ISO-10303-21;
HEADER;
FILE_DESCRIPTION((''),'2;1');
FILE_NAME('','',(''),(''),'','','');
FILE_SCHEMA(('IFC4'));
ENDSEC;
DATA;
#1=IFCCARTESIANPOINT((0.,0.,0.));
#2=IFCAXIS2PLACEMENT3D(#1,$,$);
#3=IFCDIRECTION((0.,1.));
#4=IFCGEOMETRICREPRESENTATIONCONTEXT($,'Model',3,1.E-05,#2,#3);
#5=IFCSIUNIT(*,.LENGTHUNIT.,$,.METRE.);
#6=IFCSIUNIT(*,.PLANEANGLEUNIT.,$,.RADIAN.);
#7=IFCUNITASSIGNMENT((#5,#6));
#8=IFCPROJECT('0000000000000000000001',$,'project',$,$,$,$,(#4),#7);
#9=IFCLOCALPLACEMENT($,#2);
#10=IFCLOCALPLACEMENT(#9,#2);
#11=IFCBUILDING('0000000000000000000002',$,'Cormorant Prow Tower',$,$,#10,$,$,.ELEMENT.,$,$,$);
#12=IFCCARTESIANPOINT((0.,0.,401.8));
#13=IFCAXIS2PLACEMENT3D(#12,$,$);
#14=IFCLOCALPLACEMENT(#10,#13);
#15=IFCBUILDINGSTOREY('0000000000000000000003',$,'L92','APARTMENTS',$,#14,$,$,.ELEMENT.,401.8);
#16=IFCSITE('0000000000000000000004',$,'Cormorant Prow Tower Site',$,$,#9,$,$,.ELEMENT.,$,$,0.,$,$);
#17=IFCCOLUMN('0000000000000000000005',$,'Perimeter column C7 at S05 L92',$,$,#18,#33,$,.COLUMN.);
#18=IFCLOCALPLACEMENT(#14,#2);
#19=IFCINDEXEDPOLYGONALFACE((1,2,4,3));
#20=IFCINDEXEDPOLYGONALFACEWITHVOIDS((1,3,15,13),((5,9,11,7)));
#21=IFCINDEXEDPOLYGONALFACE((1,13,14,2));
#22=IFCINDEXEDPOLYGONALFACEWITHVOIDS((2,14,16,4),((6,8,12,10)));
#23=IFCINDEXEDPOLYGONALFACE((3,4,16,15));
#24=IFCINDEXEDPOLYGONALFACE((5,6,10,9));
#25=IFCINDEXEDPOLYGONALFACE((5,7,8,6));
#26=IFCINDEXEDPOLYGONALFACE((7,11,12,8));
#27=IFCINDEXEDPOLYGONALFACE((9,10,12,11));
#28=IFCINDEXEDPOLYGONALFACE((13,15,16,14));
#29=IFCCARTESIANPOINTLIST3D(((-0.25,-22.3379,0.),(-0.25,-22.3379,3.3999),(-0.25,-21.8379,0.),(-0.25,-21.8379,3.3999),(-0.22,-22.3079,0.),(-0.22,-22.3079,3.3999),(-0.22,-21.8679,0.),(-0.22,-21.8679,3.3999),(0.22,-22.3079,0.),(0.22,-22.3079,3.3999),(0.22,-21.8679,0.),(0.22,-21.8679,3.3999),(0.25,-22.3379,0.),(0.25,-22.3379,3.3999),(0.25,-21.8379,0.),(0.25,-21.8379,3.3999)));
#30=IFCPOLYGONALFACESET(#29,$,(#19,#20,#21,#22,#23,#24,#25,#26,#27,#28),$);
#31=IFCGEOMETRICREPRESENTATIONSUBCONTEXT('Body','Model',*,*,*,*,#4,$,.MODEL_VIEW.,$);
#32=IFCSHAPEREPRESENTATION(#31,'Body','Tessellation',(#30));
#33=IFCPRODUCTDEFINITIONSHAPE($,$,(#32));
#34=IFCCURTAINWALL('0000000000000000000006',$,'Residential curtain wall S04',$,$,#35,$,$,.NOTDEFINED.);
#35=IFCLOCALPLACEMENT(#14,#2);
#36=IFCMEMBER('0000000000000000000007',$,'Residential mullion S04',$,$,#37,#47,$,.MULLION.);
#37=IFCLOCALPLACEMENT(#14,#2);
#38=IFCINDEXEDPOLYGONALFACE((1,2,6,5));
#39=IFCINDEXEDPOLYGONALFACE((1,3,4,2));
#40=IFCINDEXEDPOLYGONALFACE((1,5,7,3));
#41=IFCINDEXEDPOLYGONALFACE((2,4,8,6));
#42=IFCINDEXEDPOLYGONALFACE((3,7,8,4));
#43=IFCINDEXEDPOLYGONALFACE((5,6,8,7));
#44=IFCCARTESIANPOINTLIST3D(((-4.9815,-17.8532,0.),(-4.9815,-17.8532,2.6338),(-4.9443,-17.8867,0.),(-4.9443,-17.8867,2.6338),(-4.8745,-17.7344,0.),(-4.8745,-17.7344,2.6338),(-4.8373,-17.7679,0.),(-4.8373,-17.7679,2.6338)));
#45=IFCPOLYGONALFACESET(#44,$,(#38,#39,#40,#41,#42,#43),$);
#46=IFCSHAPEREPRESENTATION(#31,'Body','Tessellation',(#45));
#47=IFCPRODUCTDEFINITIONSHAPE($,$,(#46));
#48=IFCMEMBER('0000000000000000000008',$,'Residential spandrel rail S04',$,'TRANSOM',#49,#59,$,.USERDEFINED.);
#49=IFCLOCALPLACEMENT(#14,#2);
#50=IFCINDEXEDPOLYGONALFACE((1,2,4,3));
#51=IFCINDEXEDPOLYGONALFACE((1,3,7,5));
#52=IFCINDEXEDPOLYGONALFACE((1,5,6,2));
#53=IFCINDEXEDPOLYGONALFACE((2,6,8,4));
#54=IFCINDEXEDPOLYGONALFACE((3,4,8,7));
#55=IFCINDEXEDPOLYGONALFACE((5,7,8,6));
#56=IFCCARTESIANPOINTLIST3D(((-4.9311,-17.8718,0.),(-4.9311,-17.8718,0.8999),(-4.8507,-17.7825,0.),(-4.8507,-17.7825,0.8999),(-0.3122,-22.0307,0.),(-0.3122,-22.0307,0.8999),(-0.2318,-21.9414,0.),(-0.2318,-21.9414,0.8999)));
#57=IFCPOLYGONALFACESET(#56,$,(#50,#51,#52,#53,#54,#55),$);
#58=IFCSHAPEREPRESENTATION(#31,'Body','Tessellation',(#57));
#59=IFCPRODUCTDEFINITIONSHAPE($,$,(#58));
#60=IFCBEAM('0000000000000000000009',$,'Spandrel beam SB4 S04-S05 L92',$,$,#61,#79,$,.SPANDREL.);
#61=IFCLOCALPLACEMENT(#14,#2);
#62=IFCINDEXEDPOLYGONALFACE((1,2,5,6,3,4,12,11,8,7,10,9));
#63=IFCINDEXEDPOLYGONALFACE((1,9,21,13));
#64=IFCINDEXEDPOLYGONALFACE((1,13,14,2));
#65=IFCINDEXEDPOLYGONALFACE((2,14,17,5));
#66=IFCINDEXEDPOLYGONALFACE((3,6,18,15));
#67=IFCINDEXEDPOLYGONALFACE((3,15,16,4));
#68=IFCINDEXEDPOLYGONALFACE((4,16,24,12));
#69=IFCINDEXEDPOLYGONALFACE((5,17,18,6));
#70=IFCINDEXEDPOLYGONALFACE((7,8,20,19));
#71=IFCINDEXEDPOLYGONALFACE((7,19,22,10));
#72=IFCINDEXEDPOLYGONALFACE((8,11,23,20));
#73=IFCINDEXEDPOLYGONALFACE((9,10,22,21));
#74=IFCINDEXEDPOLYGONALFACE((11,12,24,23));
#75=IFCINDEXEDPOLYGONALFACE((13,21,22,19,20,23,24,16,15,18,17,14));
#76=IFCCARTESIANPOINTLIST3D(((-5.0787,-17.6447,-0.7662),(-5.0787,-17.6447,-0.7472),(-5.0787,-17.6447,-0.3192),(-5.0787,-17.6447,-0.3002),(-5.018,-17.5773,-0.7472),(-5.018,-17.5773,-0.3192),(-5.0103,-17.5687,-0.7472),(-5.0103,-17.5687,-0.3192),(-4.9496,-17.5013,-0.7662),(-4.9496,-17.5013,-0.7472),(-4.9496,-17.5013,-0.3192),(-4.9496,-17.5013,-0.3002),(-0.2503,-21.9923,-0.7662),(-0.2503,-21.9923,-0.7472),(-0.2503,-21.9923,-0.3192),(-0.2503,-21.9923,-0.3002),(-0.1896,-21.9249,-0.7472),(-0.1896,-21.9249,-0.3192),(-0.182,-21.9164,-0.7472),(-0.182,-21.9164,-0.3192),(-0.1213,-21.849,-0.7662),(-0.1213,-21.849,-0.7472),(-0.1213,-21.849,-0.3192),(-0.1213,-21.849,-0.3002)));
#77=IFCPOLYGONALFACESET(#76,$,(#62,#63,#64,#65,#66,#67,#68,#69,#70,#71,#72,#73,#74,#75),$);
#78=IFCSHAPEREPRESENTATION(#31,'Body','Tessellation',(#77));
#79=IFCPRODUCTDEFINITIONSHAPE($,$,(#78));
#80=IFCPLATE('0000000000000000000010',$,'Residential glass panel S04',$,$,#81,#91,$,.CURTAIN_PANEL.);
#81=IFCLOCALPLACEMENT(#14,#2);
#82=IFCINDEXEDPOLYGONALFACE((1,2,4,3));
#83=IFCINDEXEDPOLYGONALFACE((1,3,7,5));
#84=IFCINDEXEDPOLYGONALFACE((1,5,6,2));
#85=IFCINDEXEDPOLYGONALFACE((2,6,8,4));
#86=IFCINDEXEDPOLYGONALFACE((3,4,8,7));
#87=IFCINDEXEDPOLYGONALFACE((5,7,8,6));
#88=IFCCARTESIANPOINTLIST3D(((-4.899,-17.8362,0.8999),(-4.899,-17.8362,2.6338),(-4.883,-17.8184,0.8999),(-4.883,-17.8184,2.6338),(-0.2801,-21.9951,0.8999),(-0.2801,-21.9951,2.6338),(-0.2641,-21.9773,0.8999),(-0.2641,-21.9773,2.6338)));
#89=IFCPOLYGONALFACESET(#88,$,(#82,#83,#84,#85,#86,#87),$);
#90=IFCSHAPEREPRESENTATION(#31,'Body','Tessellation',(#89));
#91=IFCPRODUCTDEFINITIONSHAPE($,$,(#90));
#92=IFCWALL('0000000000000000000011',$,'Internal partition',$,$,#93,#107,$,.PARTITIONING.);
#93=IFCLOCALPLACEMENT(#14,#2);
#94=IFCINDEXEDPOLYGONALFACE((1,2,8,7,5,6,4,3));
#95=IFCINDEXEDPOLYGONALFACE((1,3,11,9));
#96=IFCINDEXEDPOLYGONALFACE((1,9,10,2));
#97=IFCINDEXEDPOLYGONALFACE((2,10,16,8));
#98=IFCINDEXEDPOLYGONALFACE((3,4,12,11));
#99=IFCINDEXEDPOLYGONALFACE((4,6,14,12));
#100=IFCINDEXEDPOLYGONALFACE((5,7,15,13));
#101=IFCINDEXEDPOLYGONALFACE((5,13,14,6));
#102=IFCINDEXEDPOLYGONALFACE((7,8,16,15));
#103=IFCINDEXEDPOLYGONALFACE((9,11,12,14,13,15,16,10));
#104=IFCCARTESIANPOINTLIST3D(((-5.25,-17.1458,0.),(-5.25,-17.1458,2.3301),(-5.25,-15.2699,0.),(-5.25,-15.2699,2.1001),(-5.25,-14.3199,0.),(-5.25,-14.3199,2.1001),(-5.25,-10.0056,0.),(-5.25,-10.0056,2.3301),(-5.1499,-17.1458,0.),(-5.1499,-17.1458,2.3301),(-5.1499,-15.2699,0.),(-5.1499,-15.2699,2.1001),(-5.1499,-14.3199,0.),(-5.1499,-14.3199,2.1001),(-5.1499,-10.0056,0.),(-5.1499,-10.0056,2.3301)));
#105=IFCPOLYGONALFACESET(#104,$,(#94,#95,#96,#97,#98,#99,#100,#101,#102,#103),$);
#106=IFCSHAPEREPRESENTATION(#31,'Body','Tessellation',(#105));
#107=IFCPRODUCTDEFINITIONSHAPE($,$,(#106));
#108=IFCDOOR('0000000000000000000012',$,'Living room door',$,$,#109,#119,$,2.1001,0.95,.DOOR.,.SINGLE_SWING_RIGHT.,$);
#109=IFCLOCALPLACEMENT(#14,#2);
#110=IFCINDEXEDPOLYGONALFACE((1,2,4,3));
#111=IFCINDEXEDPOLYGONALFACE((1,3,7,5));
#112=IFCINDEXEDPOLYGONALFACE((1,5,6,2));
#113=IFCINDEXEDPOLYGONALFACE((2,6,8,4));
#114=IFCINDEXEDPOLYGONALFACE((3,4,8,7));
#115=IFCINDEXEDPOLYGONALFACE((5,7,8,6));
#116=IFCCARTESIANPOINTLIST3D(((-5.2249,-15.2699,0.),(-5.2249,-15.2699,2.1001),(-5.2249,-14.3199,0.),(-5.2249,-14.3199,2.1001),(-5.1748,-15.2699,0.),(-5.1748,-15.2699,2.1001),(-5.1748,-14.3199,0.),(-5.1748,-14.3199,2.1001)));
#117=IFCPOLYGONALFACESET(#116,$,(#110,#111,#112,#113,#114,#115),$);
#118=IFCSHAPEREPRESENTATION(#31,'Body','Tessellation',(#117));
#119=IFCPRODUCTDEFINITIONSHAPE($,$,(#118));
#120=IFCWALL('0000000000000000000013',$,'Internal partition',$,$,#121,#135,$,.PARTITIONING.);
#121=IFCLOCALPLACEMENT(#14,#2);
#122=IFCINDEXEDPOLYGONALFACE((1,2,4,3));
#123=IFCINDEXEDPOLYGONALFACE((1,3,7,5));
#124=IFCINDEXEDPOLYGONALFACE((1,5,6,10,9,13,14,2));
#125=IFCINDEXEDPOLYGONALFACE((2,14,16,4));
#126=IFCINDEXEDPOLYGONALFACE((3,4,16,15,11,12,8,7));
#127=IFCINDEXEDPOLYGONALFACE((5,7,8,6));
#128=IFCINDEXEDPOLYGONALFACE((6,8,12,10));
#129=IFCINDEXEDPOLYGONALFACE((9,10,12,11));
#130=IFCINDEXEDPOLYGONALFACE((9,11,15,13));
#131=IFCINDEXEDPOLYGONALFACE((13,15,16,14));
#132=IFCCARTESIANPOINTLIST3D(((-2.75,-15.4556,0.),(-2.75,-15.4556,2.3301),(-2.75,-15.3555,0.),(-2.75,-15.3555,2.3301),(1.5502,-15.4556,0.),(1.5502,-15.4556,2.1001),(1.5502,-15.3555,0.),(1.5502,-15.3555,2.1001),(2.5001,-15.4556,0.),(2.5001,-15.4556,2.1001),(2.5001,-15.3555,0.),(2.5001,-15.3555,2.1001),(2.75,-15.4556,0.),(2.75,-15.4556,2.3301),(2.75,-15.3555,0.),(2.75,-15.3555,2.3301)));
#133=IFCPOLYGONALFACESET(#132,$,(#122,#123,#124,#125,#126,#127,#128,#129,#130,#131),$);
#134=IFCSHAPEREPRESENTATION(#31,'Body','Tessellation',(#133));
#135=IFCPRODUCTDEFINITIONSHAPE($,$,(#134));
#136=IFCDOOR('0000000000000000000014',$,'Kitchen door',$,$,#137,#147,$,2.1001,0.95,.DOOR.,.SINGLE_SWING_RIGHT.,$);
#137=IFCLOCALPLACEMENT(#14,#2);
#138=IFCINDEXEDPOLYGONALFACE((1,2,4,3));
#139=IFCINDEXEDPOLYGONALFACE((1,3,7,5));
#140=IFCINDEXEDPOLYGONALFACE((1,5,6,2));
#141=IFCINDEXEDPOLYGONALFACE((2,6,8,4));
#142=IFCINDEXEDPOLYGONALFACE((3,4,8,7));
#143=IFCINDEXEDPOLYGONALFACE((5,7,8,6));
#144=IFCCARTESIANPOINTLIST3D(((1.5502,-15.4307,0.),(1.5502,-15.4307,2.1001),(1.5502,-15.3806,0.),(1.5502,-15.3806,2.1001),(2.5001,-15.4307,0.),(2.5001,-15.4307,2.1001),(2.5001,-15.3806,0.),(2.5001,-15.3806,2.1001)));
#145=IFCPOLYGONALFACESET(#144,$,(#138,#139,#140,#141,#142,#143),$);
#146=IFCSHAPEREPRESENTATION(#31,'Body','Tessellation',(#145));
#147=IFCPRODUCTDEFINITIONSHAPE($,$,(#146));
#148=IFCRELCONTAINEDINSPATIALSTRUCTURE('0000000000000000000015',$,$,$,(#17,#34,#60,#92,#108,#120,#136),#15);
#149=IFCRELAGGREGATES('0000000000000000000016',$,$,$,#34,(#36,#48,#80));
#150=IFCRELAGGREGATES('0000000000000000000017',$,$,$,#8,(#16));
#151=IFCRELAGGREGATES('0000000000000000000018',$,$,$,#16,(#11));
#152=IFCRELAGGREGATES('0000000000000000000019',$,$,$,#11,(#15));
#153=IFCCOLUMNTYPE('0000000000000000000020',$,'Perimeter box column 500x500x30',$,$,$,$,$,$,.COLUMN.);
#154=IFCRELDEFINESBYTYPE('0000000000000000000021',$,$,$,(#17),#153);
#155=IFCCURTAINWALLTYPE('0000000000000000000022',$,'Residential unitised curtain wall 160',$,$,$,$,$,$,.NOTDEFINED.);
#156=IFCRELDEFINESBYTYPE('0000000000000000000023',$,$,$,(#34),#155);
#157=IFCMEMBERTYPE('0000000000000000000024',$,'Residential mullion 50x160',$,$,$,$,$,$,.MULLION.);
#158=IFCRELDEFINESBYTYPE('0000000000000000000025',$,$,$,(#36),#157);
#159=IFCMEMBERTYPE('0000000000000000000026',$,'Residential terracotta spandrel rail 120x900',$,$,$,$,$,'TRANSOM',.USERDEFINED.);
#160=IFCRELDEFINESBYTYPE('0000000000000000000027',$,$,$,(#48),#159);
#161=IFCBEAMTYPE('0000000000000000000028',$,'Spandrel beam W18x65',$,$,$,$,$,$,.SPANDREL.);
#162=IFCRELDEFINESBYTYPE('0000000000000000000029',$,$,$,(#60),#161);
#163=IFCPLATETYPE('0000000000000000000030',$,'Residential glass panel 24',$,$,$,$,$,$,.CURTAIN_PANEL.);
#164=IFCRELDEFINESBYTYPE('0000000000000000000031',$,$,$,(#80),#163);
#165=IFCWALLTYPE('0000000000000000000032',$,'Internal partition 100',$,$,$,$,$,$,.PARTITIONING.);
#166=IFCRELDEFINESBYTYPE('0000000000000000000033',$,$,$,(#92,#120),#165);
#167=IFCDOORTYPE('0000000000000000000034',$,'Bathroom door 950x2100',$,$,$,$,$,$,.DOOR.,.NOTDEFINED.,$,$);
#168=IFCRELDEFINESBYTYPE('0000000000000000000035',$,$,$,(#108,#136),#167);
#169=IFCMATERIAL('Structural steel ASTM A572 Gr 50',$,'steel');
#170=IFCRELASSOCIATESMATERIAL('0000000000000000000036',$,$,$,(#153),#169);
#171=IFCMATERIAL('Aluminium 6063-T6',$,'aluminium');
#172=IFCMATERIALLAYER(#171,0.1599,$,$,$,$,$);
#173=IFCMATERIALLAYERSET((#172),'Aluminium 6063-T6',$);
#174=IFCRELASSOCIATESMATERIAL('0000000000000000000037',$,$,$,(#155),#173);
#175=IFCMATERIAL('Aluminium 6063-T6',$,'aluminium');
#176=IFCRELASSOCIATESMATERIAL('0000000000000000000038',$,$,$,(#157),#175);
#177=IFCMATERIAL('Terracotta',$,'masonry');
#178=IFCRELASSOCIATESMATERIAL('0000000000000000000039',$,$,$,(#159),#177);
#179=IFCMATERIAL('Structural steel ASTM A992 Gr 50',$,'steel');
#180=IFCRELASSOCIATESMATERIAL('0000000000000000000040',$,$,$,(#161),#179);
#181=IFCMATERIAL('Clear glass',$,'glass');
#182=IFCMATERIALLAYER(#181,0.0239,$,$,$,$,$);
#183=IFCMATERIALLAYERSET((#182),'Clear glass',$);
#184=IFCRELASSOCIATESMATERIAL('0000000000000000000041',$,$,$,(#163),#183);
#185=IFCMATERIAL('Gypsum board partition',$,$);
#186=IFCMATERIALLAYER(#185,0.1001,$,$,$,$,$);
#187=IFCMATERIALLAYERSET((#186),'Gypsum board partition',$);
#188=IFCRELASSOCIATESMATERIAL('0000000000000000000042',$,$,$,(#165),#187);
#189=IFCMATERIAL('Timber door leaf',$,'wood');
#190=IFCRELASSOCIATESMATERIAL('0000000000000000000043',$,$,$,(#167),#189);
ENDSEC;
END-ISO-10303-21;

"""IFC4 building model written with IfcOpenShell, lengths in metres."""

from ifc_helpers import new_model, si_unit, direction, frame, frame_2d, origin, origin_2d, place, context, subcontext, project, spatial, rectangle, hollow_rectangle, i_section, extrude, material, layer, layer_set, material_profile, profile_set, type_object, element, fill, aggregate, save


model = new_model("IFC4")

# Units and contexts
model_context = context("Model", 3, precision=1e-05, world=origin(), true_north=direction((0.0, 1.0)))
body_context = subcontext(model_context, "Body", "Model", "MODEL_VIEW")
ifc_project = project(units=[si_unit("LENGTHUNIT", "METRE"), si_unit("PLANEANGLEUNIT", "RADIAN")], contexts=[model_context])

# Site, building, storey
site_placement = place(None, origin())
site = spatial("IfcSite", under=ifc_project, at=site_placement, Name="Cormorant Prow Tower Site", CompositionType="ELEMENT", RefElevation=0.0)
building_placement = place(site_placement, origin())
building = spatial("IfcBuilding", under=site, at=building_placement, Name="Cormorant Prow Tower", CompositionType="ELEMENT")
storey_placement = place(building_placement, frame((0.0, 0.0, 401.8)))
storey = spatial("IfcBuildingStorey", under=building, at=storey_placement, Name="L92", Description="APARTMENTS", CompositionType="ELEMENT", Elevation=401.8)

# Column
ifc_material_1 = material(Name="Structural steel ASTM A572 Gr 50", Category="steel")
ifc_material_profile_1 = material_profile(ifc_material_1, hollow_rectangle(XDim=0.5, YDim=0.5, WallThickness=0.03, at=origin_2d()), Name="Box 500x500x30")
ifc_profile_set_1 = profile_set([ifc_material_profile_1], Name="Structural steel ASTM A572 Gr 50")
column_type = type_object("IfcColumnType", Name="Perimeter box column 500x500x30", PredefinedType="COLUMN", material=ifc_profile_set_1)
column_placement = place(storey_placement, frame((0.0, -22.0879, 0.0), z_axis=(0.0, 0.0, 1.0), x_axis=(1.0, 0.0, 0.0)))
element("IfcColumn", 1, at=column_placement, inside=storey, type_object=column_type, Name="Perimeter column C7 at S05 L92", PredefinedType="COLUMN", context=body_context, shape_type="SweptSolid", body=[
    extrude(hollow_rectangle(XDim=0.5, YDim=0.5, WallThickness=0.03, at=origin_2d()), origin(), (0.0, 0.0, 1.0), 3.3999),
])

# Curtain wall, members
ifc_material_2 = material(Name="Aluminium 6063-T6", Category="aluminium")
ifc_layer_1 = layer(ifc_material_2, 0.1599)
ifc_layer_set_1 = layer_set([ifc_layer_1], Name="Aluminium 6063-T6")
curtain_wall_type = type_object("IfcCurtainWallType", Name="Residential unitised curtain wall 160", PredefinedType="NOTDEFINED", material=ifc_layer_set_1)
curtain_wall_placement = place(storey_placement, origin())
curtain_wall = element("IfcCurtainWall", 2, at=curtain_wall_placement, inside=storey, type_object=curtain_wall_type, Name="Residential curtain wall S04", PredefinedType="NOTDEFINED")
ifc_material_3 = material(Name="Aluminium 6063-T6", Category="aluminium")
ifc_material_profile_2 = material_profile(ifc_material_3, rectangle(XDim=0.1599, YDim=0.05, at=origin_2d()), Name="Residential mullion 50x160")
ifc_profile_set_2 = profile_set([ifc_material_profile_2], Name="Aluminium 6063-T6")
member_type_1 = type_object("IfcMemberType", Name="Residential mullion 50x160", PredefinedType="MULLION", material=ifc_profile_set_2)
member_1_placement = place(storey_placement, frame((-4.9094, -17.8105, 0.0), z_axis=(0.0, 0.0, 1.0), x_axis=(0.669131, 0.743145, 0.0)))
member_1 = element("IfcMember", 3, at=member_1_placement, type_object=member_type_1, Name="Residential mullion S04", PredefinedType="MULLION", context=body_context, shape_type="SweptSolid", body=[
    extrude(rectangle(XDim=0.1599, YDim=0.05, at=origin_2d()), origin(), (0.0, 0.0, 1.0), 2.6338),
])
ifc_material_4 = material(Name="Terracotta", Category="masonry")
ifc_material_profile_3 = material_profile(ifc_material_4, rectangle(XDim=0.1201, YDim=0.8999, at=origin_2d()), Name="Residential terracotta spandrel rail 120x900")
ifc_profile_set_3 = profile_set([ifc_material_profile_3], Name="Terracotta")
member_type_2 = type_object("IfcMemberType", Name="Residential terracotta spandrel rail 120x900", ElementType="TRANSOM", PredefinedType="USERDEFINED", material=ifc_profile_set_3)
member_2_placement = place(storey_placement, frame((-4.8909, -17.8271, 0.45), z_axis=(0.74314, -0.669136, 0.0), x_axis=(0.669136, 0.74314, 0.0)))
member_2 = element("IfcMember", 4, at=member_2_placement, type_object=member_type_2, Name="Residential spandrel rail S04", ObjectType="TRANSOM", PredefinedType="USERDEFINED", context=body_context, shape_type="SweptSolid", body=[
    extrude(rectangle(XDim=0.1201, YDim=0.8999, at=origin_2d()), origin(), (0.0, 0.0, 1.0), 6.2153),
])

# Beam
ifc_material_5 = material(Name="Structural steel ASTM A992 Gr 50", Category="steel")
ifc_material_profile_4 = material_profile(ifc_material_5, i_section(OverallWidth=0.1929, OverallDepth=0.4661, WebThickness=0.0115, FlangeThickness=0.019, at=origin_2d()), Name="W18x65")
ifc_profile_set_4 = profile_set([ifc_material_profile_4], Name="Structural steel ASTM A992 Gr 50")
beam_type = type_object("IfcBeamType", Name="Spandrel beam W18x65", PredefinedType="SPANDREL", material=ifc_profile_set_4)
beam_placement = place(storey_placement, frame((-5.0142, -17.573, -0.5332), z_axis=(0.743132, -0.669145, 0.0), x_axis=(0.669145, 0.743132, 0.0)))
element("IfcBeam", 5, at=beam_placement, inside=storey, type_object=beam_type, Name="Spandrel beam SB4 S04-S05 L92", PredefinedType="SPANDREL", context=body_context, shape_type="SweptSolid", body=[
    extrude(i_section(OverallWidth=0.1929, OverallDepth=0.4661, WebThickness=0.0115, FlangeThickness=0.019, at=origin_2d()), origin(), (0.0, 0.0, 1.0), 6.4973),
])

# Plate
ifc_material_6 = material(Name="Clear glass", Category="glass")
ifc_layer_2 = layer(ifc_material_6, 0.0239)
ifc_layer_set_2 = layer_set([ifc_layer_2], Name="Clear glass")
plate_type = type_object("IfcPlateType", Name="Residential glass panel 24", PredefinedType="CURTAIN_PANEL", material=ifc_layer_set_2)
plate_placement = place(storey_placement, frame((-2.5815, -19.9067, 0.8999), z_axis=(0.0, 0.0, 1.0), x_axis=(0.743145, -0.669131, 0.0)))
plate = element("IfcPlate", 6, at=plate_placement, type_object=plate_type, Name="Residential glass panel S04", PredefinedType="CURTAIN_PANEL", context=body_context, shape_type="SweptSolid", body=[
    extrude(rectangle(XDim=6.2153, YDim=0.0239, at=origin_2d()), origin(), (0.0, 0.0, 1.0), 1.7339),
])
aggregate(curtain_wall, [member_1, member_2, plate])

# Walls, openings, doors
ifc_material_7 = material(Name="Gypsum board partition")
ifc_layer_3 = layer(ifc_material_7, 0.1001)
ifc_layer_set_3 = layer_set([ifc_layer_3], Name="Gypsum board partition")
wall_type = type_object("IfcWallType", Name="Internal partition 100", PredefinedType="PARTITIONING", material=ifc_layer_set_3)
wall_1_placement = place(storey_placement, frame((-5.2, -17.1458, 0.0), z_axis=(0.0, 0.0, 1.0), x_axis=(0.0, 1.0, 0.0)))
wall_1 = element("IfcWall", 7, at=wall_1_placement, inside=storey, type_object=wall_type, Name="Internal partition", PredefinedType="PARTITIONING", context=body_context, shape_type="SweptSolid", body=[
    extrude(rectangle(XDim=7.1401, YDim=0.1001, at=frame_2d((3.5701, 0.0))), origin(), (0.0, 0.0, 1.0), 2.3301),
])
opening_1_placement = place(wall_1_placement, frame((1.8757, 0.0, 0.0)))
opening_1 = element("IfcOpeningElement", 8, at=opening_1_placement, cuts=wall_1, PredefinedType="OPENING", context=body_context, shape_type="SweptSolid", body=[
    extrude(rectangle(XDim=0.95, YDim=2.1001, at=frame_2d((0.4751, 1.05))), frame((0.0, 0.0601, 0.0), z_axis=(0.0, -1.0, 0.0), x_axis=(1.0, 0.0, 0.0)), (0.0, 0.0, 1.0), 0.1201),
])
ifc_material_8 = material(Name="Timber door leaf", Category="wood")
door_type = type_object("IfcDoorType", Name="Bathroom door 950x2100", OperationType="NOTDEFINED", PredefinedType="DOOR", material=ifc_material_8)
door_1_placement = place(opening_1_placement, origin())
door_1 = element("IfcDoor", 9, at=door_1_placement, inside=storey, type_object=door_type, Name="Living room door", OperationType="SINGLE_SWING_RIGHT", OverallHeight=2.1001, OverallWidth=0.95, PredefinedType="DOOR", context=body_context, shape_type="SweptSolid", body=[
    extrude(rectangle(XDim=0.95, YDim=2.1001, at=frame_2d((0.4751, 1.05))), frame((0.0, 0.0249, 0.0), z_axis=(0.0, -1.0, 0.0), x_axis=(1.0, 0.0, 0.0)), (0.0, 0.0, 1.0), 0.05),
])
fill(opening_1, door_1)
wall_2_placement = place(storey_placement, frame((-2.75, -15.4055, 0.0), z_axis=(0.0, 0.0, 1.0), x_axis=(1.0, 0.0, 0.0)))
wall_2 = element("IfcWall", 10, at=wall_2_placement, inside=storey, type_object=wall_type, Name="Internal partition", PredefinedType="PARTITIONING", context=body_context, shape_type="SweptSolid", body=[
    extrude(rectangle(XDim=5.5, YDim=0.1001, at=frame_2d((2.75, 0.0))), origin(), (0.0, 0.0, 1.0), 2.3301),
])
opening_2_placement = place(wall_2_placement, frame((4.3, 0.0, 0.0)))
opening_2 = element("IfcOpeningElement", 11, at=opening_2_placement, cuts=wall_2, PredefinedType="OPENING", context=body_context, shape_type="SweptSolid", body=[
    extrude(rectangle(XDim=0.95, YDim=2.1001, at=frame_2d((0.4751, 1.05))), frame((0.0, 0.0601, 0.0), z_axis=(0.0, -1.0, 0.0), x_axis=(1.0, 0.0, 0.0)), (0.0, 0.0, 1.0), 0.1201),
])
door_2_placement = place(opening_2_placement, origin())
door_2 = element("IfcDoor", 12, at=door_2_placement, inside=storey, type_object=door_type, Name="Kitchen door", OperationType="SINGLE_SWING_RIGHT", OverallHeight=2.1001, OverallWidth=0.95, PredefinedType="DOOR", context=body_context, shape_type="SweptSolid", body=[
    extrude(rectangle(XDim=0.95, YDim=2.1001, at=frame_2d((0.4751, 1.05))), frame((0.0, 0.0249, 0.0), z_axis=(0.0, -1.0, 0.0), x_axis=(1.0, 0.0, 0.0)), (0.0, 0.0, 1.0), 0.05),
])
fill(opening_2, door_2)

save(model, "model.ifc")
